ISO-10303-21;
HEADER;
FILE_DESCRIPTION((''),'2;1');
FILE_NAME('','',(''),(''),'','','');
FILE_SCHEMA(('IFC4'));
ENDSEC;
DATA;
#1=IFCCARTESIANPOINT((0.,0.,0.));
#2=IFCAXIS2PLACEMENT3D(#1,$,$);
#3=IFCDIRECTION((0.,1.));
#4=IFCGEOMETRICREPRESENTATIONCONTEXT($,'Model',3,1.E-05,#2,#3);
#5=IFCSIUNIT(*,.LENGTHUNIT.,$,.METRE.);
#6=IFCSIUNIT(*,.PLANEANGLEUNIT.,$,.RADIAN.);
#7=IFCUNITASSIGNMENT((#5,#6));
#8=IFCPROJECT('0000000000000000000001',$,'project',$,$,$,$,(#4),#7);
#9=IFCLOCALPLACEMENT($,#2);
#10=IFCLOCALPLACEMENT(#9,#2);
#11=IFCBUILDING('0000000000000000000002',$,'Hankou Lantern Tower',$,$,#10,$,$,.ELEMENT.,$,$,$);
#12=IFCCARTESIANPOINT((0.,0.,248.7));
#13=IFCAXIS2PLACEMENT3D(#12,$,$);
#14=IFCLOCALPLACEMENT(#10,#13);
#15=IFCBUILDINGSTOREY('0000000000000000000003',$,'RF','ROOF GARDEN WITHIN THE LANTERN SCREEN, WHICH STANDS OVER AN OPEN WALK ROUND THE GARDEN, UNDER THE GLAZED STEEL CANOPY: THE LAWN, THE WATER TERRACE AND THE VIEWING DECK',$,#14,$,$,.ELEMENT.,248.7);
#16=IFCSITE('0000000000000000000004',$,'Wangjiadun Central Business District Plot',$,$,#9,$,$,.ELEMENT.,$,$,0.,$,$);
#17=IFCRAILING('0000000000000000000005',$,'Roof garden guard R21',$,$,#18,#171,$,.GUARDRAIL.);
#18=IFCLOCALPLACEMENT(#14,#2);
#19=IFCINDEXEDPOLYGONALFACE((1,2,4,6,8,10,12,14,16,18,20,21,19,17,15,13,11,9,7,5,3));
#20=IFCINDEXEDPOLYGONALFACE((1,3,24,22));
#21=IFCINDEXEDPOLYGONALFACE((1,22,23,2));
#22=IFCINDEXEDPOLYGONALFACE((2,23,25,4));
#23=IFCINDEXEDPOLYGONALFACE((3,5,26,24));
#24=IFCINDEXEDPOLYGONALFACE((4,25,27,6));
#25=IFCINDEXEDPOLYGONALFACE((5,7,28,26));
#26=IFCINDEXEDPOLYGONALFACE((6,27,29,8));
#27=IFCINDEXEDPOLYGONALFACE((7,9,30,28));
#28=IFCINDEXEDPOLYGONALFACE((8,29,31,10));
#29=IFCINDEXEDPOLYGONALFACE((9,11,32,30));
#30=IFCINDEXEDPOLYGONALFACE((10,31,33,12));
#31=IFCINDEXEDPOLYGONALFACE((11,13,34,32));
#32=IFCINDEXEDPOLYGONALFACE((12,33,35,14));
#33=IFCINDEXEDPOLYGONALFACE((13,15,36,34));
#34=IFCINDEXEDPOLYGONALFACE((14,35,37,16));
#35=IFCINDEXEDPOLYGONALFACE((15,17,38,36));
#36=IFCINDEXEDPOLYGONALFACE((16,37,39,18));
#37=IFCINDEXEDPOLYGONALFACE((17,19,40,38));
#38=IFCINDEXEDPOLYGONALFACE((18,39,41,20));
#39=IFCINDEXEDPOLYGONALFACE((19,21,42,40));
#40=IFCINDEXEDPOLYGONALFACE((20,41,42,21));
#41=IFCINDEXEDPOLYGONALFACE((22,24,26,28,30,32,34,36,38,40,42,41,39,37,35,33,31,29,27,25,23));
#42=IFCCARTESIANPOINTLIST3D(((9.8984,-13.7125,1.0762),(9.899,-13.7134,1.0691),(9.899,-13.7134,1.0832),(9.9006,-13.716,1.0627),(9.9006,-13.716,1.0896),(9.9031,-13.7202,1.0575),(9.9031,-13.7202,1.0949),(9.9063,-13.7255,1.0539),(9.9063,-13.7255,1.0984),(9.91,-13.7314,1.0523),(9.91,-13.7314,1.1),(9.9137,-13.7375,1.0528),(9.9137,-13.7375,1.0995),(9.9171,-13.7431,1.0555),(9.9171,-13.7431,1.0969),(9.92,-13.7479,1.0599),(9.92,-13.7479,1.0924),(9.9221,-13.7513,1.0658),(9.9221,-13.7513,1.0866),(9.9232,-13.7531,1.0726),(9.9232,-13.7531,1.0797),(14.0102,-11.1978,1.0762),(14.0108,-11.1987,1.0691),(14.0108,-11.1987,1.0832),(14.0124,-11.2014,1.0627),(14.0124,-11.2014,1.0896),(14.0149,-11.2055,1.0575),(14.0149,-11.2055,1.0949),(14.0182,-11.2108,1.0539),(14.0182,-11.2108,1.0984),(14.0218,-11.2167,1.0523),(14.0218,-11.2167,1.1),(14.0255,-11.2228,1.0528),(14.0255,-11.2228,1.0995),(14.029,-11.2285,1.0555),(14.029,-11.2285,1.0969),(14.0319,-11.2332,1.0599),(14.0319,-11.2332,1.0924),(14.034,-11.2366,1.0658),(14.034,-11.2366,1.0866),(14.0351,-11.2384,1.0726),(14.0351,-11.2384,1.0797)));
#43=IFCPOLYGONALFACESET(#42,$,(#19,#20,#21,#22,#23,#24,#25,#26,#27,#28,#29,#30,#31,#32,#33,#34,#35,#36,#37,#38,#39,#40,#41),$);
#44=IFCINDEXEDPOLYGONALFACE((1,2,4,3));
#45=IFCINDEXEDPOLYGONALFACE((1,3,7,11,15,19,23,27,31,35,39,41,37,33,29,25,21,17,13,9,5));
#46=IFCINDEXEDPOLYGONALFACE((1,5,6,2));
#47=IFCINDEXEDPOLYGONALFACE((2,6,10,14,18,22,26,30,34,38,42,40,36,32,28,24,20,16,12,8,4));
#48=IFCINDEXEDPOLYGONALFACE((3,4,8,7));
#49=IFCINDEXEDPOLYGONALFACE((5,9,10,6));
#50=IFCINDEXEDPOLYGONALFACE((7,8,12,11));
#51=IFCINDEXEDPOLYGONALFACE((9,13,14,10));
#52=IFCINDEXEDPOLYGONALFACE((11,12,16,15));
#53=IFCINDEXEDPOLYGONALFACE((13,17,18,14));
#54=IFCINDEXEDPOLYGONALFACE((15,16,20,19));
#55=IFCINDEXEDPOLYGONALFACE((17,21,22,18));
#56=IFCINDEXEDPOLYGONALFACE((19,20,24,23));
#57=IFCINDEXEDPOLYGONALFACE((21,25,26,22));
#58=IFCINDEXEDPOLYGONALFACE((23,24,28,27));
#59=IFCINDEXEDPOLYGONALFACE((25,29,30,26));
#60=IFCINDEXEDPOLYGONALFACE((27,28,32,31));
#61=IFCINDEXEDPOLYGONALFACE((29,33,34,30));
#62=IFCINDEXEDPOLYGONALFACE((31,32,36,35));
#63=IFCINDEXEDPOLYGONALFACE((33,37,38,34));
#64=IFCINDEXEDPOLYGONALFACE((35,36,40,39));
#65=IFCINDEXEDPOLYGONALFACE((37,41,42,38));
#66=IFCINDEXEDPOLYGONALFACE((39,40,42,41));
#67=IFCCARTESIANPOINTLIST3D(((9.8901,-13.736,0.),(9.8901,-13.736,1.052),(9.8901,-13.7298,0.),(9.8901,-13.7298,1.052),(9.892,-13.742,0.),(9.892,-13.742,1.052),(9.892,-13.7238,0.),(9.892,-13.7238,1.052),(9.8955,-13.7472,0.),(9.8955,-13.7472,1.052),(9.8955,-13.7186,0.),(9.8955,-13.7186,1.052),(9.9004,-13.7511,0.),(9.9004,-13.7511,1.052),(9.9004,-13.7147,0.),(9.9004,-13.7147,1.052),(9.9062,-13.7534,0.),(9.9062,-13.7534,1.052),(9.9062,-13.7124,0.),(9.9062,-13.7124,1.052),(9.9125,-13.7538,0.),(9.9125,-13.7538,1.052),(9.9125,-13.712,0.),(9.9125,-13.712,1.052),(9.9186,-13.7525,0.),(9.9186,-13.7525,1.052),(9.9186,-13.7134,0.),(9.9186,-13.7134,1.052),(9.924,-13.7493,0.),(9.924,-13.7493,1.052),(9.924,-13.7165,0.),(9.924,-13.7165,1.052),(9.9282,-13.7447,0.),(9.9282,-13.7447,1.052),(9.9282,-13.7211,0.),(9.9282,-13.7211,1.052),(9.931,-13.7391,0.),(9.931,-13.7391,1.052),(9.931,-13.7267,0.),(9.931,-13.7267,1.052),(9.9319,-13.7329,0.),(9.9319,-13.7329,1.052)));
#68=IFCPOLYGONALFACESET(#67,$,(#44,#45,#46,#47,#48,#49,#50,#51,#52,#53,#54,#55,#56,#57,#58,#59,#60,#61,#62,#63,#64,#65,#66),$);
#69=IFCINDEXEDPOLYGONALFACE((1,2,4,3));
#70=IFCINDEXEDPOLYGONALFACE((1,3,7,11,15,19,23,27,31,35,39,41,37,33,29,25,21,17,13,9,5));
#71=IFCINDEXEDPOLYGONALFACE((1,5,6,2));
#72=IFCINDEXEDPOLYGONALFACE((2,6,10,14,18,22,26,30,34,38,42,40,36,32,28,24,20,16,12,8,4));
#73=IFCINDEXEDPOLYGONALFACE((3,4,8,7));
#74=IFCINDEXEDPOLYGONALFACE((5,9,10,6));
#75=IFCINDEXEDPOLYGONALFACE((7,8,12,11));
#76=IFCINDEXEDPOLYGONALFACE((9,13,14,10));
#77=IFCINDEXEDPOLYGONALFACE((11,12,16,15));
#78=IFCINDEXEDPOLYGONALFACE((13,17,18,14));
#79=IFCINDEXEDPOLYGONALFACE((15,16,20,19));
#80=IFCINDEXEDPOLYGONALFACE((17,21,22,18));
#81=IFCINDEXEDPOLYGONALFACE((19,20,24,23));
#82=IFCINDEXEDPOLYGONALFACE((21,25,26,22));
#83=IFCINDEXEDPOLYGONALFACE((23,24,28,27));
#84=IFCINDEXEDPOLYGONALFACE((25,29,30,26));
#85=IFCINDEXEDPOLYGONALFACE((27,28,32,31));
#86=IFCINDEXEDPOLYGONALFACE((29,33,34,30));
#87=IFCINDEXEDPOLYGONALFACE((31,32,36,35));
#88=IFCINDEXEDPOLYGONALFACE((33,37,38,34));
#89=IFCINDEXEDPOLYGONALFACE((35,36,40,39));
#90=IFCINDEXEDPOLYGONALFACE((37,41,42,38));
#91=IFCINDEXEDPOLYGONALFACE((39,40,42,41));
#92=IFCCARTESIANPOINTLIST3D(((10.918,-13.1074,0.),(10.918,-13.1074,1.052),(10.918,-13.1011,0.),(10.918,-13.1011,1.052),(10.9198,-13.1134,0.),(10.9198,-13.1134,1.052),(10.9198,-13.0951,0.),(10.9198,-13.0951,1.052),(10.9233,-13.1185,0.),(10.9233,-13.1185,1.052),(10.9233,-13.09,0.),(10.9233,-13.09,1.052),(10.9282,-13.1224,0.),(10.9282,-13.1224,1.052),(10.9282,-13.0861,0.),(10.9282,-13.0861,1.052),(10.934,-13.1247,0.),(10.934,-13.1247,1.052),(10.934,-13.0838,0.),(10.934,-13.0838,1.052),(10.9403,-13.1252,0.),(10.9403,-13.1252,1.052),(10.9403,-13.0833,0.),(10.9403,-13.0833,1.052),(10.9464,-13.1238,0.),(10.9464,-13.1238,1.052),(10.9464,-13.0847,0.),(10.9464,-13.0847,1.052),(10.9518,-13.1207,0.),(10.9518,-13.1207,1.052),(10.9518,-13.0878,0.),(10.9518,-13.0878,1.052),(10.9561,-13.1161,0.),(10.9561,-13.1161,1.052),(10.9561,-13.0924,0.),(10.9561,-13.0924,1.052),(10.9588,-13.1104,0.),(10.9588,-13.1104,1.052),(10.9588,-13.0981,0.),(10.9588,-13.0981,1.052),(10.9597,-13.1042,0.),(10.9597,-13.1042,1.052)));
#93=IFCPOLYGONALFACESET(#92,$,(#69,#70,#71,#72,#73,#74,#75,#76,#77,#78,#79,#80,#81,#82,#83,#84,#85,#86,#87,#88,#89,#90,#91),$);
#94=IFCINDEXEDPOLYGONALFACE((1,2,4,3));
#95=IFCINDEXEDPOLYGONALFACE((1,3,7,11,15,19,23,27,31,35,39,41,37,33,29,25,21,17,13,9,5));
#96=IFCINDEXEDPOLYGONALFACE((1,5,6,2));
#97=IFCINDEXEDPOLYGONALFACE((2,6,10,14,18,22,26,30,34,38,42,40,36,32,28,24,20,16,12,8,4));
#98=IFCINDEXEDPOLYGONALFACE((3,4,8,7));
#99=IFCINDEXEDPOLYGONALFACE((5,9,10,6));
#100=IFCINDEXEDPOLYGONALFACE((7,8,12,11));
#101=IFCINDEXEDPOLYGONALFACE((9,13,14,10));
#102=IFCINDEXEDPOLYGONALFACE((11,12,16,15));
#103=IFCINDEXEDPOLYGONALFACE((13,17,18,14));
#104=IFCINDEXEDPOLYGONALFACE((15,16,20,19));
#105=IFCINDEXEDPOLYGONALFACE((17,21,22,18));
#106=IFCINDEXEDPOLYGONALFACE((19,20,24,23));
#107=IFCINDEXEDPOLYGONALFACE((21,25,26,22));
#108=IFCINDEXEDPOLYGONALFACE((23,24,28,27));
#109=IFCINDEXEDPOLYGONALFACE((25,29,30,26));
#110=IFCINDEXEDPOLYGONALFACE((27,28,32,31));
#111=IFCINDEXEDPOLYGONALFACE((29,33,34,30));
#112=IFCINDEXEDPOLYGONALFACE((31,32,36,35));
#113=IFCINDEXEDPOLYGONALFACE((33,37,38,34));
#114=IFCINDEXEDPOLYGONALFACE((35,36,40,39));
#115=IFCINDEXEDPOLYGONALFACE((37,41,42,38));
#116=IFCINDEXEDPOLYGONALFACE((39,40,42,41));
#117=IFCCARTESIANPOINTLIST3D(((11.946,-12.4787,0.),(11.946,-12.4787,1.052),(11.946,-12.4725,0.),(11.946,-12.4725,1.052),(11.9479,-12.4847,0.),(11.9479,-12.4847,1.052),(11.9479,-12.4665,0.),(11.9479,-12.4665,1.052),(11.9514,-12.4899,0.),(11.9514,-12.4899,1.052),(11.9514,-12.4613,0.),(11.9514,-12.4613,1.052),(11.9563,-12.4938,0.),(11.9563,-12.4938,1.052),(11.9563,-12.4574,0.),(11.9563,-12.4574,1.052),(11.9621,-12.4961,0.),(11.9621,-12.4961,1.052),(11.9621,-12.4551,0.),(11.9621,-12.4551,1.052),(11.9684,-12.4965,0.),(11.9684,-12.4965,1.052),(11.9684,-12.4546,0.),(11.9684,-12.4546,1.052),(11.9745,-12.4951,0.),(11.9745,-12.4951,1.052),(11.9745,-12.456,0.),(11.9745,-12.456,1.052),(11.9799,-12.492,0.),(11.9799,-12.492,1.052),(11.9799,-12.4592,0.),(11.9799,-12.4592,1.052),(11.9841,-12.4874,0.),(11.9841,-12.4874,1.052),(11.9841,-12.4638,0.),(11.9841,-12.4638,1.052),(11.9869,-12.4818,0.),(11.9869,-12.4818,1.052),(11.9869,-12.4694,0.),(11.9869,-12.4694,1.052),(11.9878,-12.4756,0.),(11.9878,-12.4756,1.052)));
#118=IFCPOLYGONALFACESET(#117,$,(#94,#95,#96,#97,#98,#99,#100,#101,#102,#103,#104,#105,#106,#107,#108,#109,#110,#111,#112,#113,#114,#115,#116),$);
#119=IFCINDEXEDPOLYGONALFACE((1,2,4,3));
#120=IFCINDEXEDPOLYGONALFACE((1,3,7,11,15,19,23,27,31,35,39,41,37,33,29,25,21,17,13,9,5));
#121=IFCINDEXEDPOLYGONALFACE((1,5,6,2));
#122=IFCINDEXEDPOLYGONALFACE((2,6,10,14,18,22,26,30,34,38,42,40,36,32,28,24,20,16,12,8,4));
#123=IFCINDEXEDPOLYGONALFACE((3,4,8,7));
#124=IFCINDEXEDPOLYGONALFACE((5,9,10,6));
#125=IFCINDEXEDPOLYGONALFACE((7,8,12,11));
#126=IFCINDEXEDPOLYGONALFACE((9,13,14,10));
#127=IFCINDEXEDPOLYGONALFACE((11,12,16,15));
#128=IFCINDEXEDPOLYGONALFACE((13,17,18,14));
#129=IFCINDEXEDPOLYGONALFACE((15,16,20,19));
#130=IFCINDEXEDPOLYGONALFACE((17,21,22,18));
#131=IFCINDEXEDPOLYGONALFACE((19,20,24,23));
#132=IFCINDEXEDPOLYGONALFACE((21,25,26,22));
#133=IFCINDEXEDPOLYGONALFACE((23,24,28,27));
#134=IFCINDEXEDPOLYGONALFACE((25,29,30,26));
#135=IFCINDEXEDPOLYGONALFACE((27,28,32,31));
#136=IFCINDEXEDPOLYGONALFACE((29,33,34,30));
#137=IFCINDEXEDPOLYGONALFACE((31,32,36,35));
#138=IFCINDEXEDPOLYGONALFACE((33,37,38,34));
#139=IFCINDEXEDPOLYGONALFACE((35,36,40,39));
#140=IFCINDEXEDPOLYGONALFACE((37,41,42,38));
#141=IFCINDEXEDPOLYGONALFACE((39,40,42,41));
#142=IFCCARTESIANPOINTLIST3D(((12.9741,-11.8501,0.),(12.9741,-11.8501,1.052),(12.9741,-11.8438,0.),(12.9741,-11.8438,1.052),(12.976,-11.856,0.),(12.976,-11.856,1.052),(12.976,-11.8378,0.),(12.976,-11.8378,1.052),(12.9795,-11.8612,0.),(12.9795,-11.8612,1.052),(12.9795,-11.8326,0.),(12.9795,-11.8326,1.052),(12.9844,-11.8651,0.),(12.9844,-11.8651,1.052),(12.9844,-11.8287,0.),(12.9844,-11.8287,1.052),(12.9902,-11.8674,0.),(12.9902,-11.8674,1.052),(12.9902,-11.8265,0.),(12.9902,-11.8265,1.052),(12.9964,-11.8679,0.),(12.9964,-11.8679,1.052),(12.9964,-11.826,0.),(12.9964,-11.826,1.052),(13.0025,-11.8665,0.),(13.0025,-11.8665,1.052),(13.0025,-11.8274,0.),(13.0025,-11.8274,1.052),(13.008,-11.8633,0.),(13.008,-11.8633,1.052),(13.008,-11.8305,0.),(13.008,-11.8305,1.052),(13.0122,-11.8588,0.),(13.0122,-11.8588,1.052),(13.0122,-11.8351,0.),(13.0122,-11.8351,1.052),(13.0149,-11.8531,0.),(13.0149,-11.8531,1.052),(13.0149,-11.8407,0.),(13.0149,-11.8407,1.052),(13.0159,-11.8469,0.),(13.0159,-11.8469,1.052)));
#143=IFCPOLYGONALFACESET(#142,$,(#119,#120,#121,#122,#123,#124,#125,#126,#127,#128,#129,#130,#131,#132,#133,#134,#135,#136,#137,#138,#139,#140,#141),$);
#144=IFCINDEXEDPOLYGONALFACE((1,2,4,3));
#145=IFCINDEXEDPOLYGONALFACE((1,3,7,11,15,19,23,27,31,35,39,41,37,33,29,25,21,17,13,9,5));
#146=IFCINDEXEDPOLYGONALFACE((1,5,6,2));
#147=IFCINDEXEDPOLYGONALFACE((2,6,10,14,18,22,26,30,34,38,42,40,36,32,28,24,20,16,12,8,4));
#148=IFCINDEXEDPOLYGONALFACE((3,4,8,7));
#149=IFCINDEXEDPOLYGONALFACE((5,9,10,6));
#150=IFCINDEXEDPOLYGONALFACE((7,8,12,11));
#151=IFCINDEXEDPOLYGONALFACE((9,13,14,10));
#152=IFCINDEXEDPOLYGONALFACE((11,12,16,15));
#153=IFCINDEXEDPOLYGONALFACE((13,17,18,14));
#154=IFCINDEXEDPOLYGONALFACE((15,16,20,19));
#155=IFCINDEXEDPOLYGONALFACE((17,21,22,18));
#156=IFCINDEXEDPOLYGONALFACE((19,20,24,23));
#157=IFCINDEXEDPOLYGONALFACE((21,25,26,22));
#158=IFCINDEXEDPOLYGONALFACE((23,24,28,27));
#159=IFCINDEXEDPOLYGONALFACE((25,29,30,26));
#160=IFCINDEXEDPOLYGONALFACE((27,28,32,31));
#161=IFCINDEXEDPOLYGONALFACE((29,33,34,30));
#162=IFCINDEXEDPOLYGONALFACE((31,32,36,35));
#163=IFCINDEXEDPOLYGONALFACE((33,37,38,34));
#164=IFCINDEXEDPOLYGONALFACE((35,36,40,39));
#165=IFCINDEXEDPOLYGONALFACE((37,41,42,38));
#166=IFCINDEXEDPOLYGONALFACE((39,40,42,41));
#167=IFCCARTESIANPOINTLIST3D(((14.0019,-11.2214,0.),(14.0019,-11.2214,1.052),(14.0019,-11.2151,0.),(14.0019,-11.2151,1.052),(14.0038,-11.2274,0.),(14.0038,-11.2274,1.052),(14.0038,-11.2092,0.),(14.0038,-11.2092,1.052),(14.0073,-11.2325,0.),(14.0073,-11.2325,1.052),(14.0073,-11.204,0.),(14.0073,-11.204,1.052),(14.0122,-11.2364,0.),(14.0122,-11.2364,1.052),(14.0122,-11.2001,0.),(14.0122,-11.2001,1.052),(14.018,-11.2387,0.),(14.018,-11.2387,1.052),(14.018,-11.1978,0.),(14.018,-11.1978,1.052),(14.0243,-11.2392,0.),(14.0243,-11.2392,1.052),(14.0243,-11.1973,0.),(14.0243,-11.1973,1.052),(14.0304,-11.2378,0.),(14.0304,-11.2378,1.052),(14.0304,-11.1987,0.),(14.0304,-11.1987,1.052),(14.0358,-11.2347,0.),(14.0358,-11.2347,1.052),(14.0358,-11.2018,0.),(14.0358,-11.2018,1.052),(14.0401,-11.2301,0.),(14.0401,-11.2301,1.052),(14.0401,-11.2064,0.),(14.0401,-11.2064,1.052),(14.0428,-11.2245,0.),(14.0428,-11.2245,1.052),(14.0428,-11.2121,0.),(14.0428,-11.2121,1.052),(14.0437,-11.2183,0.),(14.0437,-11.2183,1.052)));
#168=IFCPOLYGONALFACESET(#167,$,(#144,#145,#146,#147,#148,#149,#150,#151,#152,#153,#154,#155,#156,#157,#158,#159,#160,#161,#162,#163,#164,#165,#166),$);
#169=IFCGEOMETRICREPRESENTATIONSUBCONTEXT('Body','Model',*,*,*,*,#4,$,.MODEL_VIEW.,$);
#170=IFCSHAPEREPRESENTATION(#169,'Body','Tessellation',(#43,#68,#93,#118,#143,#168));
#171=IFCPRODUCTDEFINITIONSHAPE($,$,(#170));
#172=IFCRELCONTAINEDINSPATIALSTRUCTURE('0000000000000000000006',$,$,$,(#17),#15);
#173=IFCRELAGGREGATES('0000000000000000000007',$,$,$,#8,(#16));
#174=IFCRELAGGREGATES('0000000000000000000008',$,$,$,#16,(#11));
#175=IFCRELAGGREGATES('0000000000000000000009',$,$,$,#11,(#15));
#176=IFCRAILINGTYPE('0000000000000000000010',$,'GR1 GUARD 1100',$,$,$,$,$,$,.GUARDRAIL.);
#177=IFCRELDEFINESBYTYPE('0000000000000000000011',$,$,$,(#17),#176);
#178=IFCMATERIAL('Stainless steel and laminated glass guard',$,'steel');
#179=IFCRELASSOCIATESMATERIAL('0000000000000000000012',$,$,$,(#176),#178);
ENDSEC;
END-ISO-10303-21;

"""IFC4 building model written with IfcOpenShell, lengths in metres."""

from ifc_helpers import new_model, si_unit, direction, frame, origin, origin_2d, place, context, subcontext, project, spatial, circle, extrude, material, type_object, element, save


model = new_model("IFC4")

# Units and contexts
model_context = context("Model", 3, precision=1e-05, world=origin(), true_north=direction((0.0, 1.0)))
body_context = subcontext(model_context, "Body", "Model", "MODEL_VIEW")
ifc_project = project(units=[si_unit("LENGTHUNIT", "METRE"), si_unit("PLANEANGLEUNIT", "RADIAN")], contexts=[model_context])

# Site, building, storey
site_placement = place(None, origin())
site = spatial("IfcSite", under=ifc_project, at=site_placement, Name="Wangjiadun Central Business District Plot", CompositionType="ELEMENT", RefElevation=0.0)
building_placement = place(site_placement, origin())
building = spatial("IfcBuilding", under=site, at=building_placement, Name="Hankou Lantern Tower", CompositionType="ELEMENT")
storey_placement = place(building_placement, frame((0.0, 0.0, 248.7)))
storey = spatial("IfcBuildingStorey", under=building, at=storey_placement, Name="RF", Description="ROOF GARDEN WITHIN THE LANTERN SCREEN, WHICH STANDS OVER AN OPEN WALK ROUND THE GARDEN, UNDER THE GLAZED STEEL CANOPY: THE LAWN, THE WATER TERRACE AND THE VIEWING DECK", CompositionType="ELEMENT", Elevation=248.7)

# Railing
ifc_material_1 = material(Name="Stainless steel and laminated glass guard", Category="steel")
railing_type = type_object("IfcRailingType", Name="GR1 GUARD 1100", PredefinedType="GUARDRAIL", material=ifc_material_1)
railing_1_placement = place(storey_placement, frame((9.9109, -13.7329, 0.0)))
element("IfcRailing", 1, at=railing_1_placement, inside=storey, type_object=railing_type, Name="Roof garden guard R21", PredefinedType="GUARDRAIL", context=body_context, shape_type="SweptSolid", body=[
    extrude(circle(Radius=0.0239, at=origin_2d()), frame((0.0, 0.0, 1.0762), z_axis=(0.853109, 0.521733, 0.0), x_axis=(-0.521733, 0.853109, 0.0)), (0.0, 0.0, 1.0), 4.8198),
    extrude(circle(Radius=0.021, at=origin_2d()), origin(), (0.0, 0.0, 1.0), 1.052),
    extrude(circle(Radius=0.021, at=origin_2d()), frame((1.0278, 0.6287, 0.0)), (0.0, 0.0, 1.0), 1.052),
    extrude(circle(Radius=0.021, at=origin_2d()), frame((2.0559, 1.2573, 0.0)), (0.0, 0.0, 1.0), 1.052),
    extrude(circle(Radius=0.021, at=origin_2d()), frame((3.084, 1.886, 0.0)), (0.0, 0.0, 1.0), 1.052),
    extrude(circle(Radius=0.021, at=origin_2d()), frame((4.1118, 2.5146, 0.0)), (0.0, 0.0, 1.0), 1.052),
])

save(model, "model.ifc")
